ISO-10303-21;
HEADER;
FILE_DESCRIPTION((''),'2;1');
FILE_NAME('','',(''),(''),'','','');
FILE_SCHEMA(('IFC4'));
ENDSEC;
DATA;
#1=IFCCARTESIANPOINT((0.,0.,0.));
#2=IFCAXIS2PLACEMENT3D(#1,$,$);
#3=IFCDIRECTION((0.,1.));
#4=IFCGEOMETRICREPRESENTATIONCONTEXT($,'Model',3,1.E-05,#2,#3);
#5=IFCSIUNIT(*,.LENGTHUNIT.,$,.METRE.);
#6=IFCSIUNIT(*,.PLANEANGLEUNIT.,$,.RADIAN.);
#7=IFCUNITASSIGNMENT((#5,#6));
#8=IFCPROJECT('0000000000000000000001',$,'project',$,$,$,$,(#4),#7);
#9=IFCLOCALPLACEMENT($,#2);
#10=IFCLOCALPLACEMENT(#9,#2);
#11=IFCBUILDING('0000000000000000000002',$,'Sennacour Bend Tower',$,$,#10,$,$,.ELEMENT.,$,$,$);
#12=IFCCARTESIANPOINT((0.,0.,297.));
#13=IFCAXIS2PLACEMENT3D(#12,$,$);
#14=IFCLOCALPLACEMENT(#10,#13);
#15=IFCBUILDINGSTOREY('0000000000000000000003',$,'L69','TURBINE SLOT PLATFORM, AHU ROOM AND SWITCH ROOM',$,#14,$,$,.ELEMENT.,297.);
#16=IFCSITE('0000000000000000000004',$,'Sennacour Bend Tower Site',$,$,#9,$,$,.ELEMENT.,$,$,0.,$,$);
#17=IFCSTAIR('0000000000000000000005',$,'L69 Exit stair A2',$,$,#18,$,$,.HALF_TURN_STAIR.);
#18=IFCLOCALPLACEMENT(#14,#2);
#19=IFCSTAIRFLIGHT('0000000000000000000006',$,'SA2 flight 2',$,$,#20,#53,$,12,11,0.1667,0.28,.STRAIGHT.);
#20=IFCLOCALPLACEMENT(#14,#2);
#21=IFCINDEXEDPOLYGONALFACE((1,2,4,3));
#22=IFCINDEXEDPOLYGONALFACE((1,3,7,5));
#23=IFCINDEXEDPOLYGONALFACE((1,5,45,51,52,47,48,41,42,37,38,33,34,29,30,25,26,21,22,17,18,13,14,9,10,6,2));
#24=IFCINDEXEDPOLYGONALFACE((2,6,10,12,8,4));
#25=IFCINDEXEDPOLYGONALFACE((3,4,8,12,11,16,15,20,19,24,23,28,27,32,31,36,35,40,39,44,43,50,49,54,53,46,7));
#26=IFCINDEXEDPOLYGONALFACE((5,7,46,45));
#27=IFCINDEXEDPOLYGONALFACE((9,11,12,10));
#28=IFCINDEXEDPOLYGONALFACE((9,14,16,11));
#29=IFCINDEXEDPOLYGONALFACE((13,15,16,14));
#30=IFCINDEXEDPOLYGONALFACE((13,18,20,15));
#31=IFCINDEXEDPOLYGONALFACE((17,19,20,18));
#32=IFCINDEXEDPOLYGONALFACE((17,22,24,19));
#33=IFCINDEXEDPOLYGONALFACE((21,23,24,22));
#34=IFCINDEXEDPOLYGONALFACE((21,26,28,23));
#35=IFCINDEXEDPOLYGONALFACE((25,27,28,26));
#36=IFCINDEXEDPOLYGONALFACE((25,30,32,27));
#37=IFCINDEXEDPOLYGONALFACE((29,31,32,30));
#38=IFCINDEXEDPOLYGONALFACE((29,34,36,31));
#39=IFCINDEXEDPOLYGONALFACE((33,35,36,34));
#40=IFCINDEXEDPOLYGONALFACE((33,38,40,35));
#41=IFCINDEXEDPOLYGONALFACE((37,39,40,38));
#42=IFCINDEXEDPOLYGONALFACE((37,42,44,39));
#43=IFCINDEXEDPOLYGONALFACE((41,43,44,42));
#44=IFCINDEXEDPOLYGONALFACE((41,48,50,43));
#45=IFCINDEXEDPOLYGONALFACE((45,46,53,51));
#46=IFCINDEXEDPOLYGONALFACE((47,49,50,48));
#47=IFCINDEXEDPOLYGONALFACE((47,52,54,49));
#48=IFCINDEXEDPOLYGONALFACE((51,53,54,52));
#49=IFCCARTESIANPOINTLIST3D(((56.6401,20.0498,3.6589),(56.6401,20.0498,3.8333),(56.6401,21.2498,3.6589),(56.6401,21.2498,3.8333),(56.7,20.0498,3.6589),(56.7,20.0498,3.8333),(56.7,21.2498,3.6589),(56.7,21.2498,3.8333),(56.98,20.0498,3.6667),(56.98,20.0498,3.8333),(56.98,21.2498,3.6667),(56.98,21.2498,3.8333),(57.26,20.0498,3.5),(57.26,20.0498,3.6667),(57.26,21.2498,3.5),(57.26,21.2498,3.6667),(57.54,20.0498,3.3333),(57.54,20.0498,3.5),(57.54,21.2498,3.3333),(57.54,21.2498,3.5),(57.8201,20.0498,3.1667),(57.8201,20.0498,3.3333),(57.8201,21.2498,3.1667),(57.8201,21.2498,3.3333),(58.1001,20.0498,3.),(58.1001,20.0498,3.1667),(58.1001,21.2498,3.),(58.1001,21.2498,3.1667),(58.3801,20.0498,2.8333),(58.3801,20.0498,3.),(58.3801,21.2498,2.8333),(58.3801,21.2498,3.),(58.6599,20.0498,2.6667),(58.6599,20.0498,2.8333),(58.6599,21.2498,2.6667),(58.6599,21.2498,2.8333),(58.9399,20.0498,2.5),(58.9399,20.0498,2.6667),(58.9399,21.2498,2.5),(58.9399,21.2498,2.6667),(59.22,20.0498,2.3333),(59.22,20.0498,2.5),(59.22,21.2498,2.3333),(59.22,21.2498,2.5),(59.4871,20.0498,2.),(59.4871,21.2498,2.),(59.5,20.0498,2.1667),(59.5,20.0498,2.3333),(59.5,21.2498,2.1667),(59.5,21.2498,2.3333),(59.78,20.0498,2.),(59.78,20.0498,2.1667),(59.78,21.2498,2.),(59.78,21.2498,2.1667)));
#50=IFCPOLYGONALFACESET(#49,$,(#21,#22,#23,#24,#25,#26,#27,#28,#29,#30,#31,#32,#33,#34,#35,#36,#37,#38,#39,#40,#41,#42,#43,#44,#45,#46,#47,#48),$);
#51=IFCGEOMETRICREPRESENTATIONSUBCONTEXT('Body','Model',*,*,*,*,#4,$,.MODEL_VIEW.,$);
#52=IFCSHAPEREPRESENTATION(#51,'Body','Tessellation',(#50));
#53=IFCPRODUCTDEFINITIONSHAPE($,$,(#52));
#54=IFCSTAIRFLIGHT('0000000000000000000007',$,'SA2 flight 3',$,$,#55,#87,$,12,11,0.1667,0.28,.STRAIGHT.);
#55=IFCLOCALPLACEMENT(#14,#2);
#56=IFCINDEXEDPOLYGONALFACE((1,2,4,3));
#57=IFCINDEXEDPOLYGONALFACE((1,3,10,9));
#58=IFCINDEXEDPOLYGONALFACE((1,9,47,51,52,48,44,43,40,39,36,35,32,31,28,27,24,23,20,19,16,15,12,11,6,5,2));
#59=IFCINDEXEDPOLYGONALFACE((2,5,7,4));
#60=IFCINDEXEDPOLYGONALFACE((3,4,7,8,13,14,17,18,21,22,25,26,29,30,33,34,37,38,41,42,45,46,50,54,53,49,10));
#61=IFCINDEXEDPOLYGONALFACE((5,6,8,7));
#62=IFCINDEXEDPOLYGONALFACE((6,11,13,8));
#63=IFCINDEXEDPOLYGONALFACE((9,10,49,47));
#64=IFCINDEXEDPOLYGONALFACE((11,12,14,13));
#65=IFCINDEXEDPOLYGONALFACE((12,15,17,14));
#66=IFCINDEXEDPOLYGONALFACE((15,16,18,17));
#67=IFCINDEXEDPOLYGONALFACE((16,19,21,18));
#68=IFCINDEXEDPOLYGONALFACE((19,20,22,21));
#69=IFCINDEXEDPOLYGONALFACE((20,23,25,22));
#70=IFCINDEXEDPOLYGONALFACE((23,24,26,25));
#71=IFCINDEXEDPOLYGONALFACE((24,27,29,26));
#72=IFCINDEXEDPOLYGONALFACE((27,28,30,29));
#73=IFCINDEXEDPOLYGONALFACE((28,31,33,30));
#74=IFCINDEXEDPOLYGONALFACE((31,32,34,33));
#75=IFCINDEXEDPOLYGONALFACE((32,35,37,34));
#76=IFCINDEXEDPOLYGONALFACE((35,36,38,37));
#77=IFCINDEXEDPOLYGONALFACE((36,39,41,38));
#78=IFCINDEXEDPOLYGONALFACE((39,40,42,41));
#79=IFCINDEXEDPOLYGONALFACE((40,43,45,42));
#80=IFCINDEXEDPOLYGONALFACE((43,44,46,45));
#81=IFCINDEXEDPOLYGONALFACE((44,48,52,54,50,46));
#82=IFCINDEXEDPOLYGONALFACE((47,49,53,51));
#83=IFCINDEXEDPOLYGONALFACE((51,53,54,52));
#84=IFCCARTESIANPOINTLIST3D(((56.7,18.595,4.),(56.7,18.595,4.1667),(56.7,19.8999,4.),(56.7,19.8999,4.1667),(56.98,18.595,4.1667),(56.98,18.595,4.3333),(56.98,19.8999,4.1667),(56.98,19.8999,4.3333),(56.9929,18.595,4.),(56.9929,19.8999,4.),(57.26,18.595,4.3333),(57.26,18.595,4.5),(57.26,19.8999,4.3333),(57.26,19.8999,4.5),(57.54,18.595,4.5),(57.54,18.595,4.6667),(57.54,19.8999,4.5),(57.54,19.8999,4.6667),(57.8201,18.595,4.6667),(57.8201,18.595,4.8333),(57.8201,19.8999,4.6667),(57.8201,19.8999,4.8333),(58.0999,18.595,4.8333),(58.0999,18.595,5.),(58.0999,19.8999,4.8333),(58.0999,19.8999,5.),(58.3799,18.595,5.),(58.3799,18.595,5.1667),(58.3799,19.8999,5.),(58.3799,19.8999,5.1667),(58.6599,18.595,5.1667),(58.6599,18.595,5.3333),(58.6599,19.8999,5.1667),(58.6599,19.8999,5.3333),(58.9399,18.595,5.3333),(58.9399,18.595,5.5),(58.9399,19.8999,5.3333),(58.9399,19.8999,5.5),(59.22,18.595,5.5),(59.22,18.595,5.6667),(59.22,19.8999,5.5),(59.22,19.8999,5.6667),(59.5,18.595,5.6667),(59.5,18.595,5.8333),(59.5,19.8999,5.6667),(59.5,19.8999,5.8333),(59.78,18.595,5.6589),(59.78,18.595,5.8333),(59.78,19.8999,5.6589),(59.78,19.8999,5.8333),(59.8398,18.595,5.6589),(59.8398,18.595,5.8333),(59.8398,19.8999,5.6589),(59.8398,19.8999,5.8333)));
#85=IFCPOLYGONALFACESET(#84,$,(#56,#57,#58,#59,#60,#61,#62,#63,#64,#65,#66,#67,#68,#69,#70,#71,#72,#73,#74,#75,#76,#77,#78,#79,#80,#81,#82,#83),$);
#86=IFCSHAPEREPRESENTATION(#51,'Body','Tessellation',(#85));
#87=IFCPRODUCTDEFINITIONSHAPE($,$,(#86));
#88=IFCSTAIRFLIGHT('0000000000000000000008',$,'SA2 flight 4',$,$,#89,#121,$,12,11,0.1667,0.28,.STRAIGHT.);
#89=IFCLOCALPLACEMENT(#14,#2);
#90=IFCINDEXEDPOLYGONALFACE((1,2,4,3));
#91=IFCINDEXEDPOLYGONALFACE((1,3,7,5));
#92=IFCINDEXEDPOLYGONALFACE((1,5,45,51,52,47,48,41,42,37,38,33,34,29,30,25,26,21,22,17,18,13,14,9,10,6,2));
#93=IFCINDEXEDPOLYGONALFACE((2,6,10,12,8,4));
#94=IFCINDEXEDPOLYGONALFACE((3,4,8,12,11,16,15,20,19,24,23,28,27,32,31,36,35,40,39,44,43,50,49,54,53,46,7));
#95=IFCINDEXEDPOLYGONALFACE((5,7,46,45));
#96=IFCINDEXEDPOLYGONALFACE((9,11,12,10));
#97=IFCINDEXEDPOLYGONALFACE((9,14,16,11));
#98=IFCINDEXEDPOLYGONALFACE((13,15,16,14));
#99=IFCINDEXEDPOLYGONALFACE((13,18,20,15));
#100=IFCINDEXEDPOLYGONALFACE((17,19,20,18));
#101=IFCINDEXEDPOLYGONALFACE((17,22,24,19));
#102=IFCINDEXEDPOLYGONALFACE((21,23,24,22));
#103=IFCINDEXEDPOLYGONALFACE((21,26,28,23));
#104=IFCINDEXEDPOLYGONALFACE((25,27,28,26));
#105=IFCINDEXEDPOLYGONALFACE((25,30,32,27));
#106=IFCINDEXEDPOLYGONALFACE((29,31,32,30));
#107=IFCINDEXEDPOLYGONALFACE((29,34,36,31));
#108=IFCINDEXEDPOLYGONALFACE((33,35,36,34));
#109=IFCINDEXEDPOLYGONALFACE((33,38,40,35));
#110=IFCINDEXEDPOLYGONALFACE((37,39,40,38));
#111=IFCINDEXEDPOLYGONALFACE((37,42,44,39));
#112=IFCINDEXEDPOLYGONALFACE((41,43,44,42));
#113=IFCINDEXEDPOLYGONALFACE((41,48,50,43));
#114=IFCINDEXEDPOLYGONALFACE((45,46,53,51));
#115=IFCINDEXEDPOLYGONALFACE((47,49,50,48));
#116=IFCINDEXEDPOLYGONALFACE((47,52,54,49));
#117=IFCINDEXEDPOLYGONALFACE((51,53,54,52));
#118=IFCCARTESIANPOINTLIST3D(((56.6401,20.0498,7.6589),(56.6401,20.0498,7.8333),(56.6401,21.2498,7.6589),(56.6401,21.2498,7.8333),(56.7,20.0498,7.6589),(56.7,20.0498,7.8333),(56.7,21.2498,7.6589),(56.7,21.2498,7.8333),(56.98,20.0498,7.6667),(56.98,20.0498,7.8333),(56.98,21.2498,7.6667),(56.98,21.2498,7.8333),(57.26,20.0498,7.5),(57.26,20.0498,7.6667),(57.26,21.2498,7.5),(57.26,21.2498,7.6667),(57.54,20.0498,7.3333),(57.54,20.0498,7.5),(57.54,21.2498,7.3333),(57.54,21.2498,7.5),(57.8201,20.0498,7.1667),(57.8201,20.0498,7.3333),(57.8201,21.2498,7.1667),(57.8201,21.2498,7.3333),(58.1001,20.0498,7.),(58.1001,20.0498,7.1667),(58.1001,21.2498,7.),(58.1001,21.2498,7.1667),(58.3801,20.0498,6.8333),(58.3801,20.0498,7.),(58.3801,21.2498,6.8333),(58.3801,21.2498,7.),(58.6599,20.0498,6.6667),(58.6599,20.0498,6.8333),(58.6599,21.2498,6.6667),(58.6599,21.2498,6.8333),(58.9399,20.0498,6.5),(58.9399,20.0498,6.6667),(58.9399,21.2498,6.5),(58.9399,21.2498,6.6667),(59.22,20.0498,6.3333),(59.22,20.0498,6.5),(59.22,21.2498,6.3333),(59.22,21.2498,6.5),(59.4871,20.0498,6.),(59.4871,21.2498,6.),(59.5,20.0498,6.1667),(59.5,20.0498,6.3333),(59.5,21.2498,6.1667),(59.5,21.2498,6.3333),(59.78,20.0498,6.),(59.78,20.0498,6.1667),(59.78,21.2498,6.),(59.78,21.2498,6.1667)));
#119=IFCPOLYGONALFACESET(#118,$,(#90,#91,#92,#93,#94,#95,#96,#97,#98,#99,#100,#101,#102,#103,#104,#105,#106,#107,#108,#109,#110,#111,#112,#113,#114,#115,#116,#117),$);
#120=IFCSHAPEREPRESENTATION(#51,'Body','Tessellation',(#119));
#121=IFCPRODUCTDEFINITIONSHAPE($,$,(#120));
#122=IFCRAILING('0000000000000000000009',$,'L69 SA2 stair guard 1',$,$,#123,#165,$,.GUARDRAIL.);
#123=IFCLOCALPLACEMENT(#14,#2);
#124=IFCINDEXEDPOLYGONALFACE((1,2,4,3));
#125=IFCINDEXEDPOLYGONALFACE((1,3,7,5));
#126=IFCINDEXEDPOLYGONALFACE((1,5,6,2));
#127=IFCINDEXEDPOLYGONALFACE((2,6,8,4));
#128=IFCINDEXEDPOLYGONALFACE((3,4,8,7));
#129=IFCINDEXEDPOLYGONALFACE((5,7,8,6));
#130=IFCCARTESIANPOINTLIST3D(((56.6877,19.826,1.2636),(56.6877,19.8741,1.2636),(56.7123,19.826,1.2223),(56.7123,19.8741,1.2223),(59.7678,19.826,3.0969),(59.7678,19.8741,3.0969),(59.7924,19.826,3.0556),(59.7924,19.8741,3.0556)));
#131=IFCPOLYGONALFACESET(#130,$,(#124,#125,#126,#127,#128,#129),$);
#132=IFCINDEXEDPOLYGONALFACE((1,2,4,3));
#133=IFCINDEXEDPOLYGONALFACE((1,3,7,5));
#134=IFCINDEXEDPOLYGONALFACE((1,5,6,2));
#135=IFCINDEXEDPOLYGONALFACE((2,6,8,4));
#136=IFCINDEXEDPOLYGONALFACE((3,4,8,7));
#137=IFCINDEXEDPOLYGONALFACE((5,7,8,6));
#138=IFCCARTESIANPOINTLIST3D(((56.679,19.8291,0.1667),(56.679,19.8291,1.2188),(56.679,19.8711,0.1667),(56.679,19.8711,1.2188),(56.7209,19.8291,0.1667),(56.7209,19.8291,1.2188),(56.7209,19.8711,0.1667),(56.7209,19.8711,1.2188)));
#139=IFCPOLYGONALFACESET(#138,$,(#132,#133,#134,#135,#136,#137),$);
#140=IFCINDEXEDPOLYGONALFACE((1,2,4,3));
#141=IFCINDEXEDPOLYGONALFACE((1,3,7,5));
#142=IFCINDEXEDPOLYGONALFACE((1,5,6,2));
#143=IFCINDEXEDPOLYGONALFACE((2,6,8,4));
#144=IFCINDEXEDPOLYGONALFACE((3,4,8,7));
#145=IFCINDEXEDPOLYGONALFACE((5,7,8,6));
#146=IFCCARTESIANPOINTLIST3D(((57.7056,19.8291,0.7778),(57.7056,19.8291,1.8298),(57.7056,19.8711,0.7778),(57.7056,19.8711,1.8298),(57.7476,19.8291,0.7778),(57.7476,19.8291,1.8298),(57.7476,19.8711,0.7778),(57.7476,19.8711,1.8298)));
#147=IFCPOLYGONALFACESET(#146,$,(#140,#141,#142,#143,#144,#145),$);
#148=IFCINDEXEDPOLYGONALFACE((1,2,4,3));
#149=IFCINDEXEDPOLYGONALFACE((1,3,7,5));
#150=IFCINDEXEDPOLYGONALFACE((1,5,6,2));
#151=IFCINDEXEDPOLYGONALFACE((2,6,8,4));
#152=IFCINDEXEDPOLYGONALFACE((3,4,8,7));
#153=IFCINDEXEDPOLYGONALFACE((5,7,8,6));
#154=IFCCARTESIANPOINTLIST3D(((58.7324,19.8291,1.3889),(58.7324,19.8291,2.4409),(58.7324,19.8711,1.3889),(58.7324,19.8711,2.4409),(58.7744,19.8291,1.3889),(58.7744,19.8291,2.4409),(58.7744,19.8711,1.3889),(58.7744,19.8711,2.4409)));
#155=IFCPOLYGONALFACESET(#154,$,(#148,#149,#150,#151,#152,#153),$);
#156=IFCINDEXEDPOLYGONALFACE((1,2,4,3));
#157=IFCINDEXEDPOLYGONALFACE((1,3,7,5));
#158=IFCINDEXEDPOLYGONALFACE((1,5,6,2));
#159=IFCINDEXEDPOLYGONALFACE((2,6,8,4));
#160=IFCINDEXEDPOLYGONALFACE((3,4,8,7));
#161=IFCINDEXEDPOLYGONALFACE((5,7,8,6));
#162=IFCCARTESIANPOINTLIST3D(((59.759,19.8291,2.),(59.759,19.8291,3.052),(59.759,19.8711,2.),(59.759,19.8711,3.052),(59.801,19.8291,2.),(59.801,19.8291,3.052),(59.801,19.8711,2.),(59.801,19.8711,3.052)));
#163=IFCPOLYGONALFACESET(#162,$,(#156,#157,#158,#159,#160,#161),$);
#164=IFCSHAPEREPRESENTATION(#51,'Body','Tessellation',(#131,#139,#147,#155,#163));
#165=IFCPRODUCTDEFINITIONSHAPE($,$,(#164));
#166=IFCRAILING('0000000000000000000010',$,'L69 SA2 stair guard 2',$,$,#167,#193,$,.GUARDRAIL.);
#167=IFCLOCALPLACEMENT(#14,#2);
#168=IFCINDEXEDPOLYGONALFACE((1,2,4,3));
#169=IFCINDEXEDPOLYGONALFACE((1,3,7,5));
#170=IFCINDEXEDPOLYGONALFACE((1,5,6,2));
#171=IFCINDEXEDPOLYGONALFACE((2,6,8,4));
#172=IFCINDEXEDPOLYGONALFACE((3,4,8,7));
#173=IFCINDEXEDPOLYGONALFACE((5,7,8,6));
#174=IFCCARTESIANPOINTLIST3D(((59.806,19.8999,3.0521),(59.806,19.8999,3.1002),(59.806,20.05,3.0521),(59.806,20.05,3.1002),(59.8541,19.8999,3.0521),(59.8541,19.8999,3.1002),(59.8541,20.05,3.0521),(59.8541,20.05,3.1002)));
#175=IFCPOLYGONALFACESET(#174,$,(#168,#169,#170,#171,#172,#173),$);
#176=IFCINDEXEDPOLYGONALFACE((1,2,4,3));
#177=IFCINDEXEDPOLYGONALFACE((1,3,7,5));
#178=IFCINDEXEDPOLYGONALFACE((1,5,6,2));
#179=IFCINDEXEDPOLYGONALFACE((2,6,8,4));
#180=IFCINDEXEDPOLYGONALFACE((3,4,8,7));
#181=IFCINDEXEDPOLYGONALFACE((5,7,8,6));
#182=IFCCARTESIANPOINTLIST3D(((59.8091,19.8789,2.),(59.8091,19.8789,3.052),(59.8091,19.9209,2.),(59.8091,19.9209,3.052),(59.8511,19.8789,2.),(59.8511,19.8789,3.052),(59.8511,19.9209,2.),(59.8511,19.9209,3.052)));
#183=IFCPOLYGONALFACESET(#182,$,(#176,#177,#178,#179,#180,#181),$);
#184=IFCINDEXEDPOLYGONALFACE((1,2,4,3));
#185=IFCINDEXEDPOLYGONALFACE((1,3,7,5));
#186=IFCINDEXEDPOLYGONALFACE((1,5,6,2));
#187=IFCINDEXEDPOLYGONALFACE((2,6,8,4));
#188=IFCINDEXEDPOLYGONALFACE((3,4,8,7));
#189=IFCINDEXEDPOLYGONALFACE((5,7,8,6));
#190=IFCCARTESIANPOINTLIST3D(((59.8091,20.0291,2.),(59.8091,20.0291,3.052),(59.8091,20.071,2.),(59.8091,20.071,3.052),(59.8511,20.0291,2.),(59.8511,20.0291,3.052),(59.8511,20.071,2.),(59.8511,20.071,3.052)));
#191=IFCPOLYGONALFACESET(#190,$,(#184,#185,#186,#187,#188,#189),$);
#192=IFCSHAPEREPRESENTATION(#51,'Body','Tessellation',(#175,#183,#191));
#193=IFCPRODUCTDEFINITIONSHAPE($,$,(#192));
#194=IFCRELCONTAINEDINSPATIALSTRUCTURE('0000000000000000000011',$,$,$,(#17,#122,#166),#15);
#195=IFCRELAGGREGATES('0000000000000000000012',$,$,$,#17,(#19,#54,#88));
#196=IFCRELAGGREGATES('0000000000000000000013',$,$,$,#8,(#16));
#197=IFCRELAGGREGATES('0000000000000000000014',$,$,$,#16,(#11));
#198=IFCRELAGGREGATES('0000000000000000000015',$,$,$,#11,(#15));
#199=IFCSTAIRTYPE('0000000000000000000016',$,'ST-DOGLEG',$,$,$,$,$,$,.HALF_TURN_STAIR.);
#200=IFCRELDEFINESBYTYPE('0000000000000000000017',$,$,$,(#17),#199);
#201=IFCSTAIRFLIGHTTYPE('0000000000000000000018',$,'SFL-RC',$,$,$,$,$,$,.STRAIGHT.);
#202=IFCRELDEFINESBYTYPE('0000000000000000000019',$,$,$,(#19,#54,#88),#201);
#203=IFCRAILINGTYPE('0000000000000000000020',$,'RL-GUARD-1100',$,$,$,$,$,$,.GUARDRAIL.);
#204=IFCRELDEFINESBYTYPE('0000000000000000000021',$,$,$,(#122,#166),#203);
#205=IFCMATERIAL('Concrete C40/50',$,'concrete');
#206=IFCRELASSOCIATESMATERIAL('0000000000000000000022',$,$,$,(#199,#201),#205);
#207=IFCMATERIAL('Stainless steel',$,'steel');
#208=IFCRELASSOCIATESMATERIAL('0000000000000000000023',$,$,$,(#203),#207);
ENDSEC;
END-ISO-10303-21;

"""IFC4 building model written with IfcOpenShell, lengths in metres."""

from ifc_helpers import new_model, si_unit, direction, frame, origin, origin_2d, place, context, subcontext, project, spatial, polyline, rectangle, outline, extrude, material, type_object, element, aggregate, save


model = new_model("IFC4")

# Units and contexts
model_context = context("Model", 3, precision=1e-05, world=origin(), true_north=direction((0.0, 1.0)))
body_context = subcontext(model_context, "Body", "Model", "MODEL_VIEW")
ifc_project = project(units=[si_unit("LENGTHUNIT", "METRE"), si_unit("PLANEANGLEUNIT", "RADIAN")], contexts=[model_context])

# Site, building, storey
site_placement = place(None, origin())
site = spatial("IfcSite", under=ifc_project, at=site_placement, Name="Sennacour Bend Tower Site", CompositionType="ELEMENT", RefElevation=0.0)
building_placement = place(site_placement, origin())
building = spatial("IfcBuilding", under=site, at=building_placement, Name="Sennacour Bend Tower", CompositionType="ELEMENT")
storey_placement = place(building_placement, frame((0.0, 0.0, 297.0)))
storey = spatial("IfcBuildingStorey", under=building, at=storey_placement, Name="L69", Description="TURBINE SLOT PLATFORM, AHU ROOM AND SWITCH ROOM", CompositionType="ELEMENT", Elevation=297.0)

# Stair, stair flights
ifc_material_1 = material(Name="Concrete C40/50", Category="concrete")
stair_type = type_object("IfcStairType", Name="ST-DOGLEG", PredefinedType="HALF_TURN_STAIR", material=ifc_material_1)
stair_placement = place(storey_placement, origin())
stair = element("IfcStair", 1, at=stair_placement, inside=storey, type_object=stair_type, Name="L69 Exit stair A2", PredefinedType="HALF_TURN_STAIR")
stair_flight_type = type_object("IfcStairFlightType", Name="SFL-RC", PredefinedType="STRAIGHT", material=ifc_material_1)
stair_flight_1_placement = place(storey_placement, frame((59.78, 20.6499, 2.0), z_axis=(0.0, 0.0, 1.0), x_axis=(-1.0, 0.0, 0.0)))
stair_flight_1 = element("IfcStairFlight", 2, at=stair_flight_1_placement, type_object=stair_flight_type, Name="SA2 flight 2", NumberOfRisers=12, NumberOfTreads=11, PredefinedType="STRAIGHT", RiserHeight=0.1667, TreadLength=0.28, context=body_context, shape_type="SweptSolid", body=[
    extrude(outline(polyline([(0.0, 0.0), (0.0, 0.1667), (0.28, 0.1667), (0.28, 0.3333), (0.5601, 0.3333), (0.5601, 0.5), (0.8401, 0.5), (0.8401, 0.6667), (1.1201, 0.6667), (1.1201, 0.8333), (1.3999, 0.8333), (1.3999, 1.0), (1.6799, 1.0), (1.6799, 1.1667), (1.96, 1.1667), (1.96, 1.3333), (2.24, 1.3333), (2.24, 1.5), (2.52, 1.5), (2.52, 1.6667), (2.8, 1.6667), (2.8, 1.8333), (3.0801, 1.8333), (3.1399, 1.8333), (3.1399, 1.6589), (3.0801, 1.6589), (0.293, 0.0), (0.0, 0.0)])), frame((0.0, 0.6001, 0.0), z_axis=(0.0, -1.0, 0.0), x_axis=(1.0, 0.0, 0.0)), (0.0, 0.0, 1.0), 1.2),
])
stair_flight_2_placement = place(storey_placement, frame((56.7, 19.2476, 4.0), z_axis=(0.0, 0.0, 1.0), x_axis=(1.0, 0.0, 0.0)))
stair_flight_2 = element("IfcStairFlight", 3, at=stair_flight_2_placement, type_object=stair_flight_type, Name="SA2 flight 3", NumberOfRisers=12, NumberOfTreads=11, PredefinedType="STRAIGHT", RiserHeight=0.1667, TreadLength=0.28, context=body_context, shape_type="SweptSolid", body=[
    extrude(outline(polyline([(0.0, 0.0), (0.0, 0.1667), (0.28, 0.1667), (0.28, 0.3333), (0.5601, 0.3333), (0.5601, 0.5), (0.8401, 0.5), (0.8401, 0.6667), (1.1201, 0.6667), (1.1201, 0.8333), (1.3999, 0.8333), (1.3999, 1.0), (1.6799, 1.0), (1.6799, 1.1667), (1.96, 1.1667), (1.96, 1.3333), (2.24, 1.3333), (2.24, 1.5), (2.52, 1.5), (2.52, 1.6667), (2.8, 1.6667), (2.8, 1.8333), (3.0801, 1.8333), (3.1399, 1.8333), (3.1399, 1.6589), (3.0801, 1.6589), (0.293, 0.0), (0.0, 0.0)])), frame((0.0, 0.6523, 0.0), z_axis=(0.0, -1.0, 0.0), x_axis=(1.0, 0.0, 0.0)), (0.0, 0.0, 1.0), 1.3049),
])
stair_flight_3_placement = place(storey_placement, frame((59.78, 20.6499, 6.0), z_axis=(0.0, 0.0, 1.0), x_axis=(-1.0, 0.0, 0.0)))
stair_flight_3 = element("IfcStairFlight", 4, at=stair_flight_3_placement, type_object=stair_flight_type, Name="SA2 flight 4", NumberOfRisers=12, NumberOfTreads=11, PredefinedType="STRAIGHT", RiserHeight=0.1667, TreadLength=0.28, context=body_context, shape_type="SweptSolid", body=[
    extrude(outline(polyline([(0.0, 0.0), (0.0, 0.1667), (0.28, 0.1667), (0.28, 0.3333), (0.5601, 0.3333), (0.5601, 0.5), (0.8401, 0.5), (0.8401, 0.6667), (1.1201, 0.6667), (1.1201, 0.8333), (1.3999, 0.8333), (1.3999, 1.0), (1.6799, 1.0), (1.6799, 1.1667), (1.96, 1.1667), (1.96, 1.3333), (2.24, 1.3333), (2.24, 1.5), (2.52, 1.5), (2.52, 1.6667), (2.8, 1.6667), (2.8, 1.8333), (3.0801, 1.8333), (3.1399, 1.8333), (3.1399, 1.6589), (3.0801, 1.6589), (0.293, 0.0), (0.0, 0.0)])), frame((0.0, 0.6001, 0.0), z_axis=(0.0, -1.0, 0.0), x_axis=(1.0, 0.0, 0.0)), (0.0, 0.0, 1.0), 1.2),
])
aggregate(stair, [stair_flight_1, stair_flight_2, stair_flight_3])

# Railings
ifc_material_2 = material(Name="Stainless steel", Category="steel")
railing_type_1 = type_object("IfcRailingType", Name="RL-GUARD-1100", PredefinedType="GUARDRAIL", material=ifc_material_2)
railing_1_placement = place(storey_placement, frame((56.7, 19.8501, 0.1667)))
element("IfcRailing", 5, at=railing_1_placement, inside=storey, type_object=railing_type_1, Name="L69 SA2 stair guard 1", PredefinedType="GUARDRAIL", context=body_context, shape_type="SweptSolid", body=[
    extrude(rectangle(XDim=0.0481, YDim=0.0481, at=origin_2d()), frame((0.0, 0.0, 1.0762), z_axis=(0.859309, 0.0, 0.511458), x_axis=(0.0, 1.0, 0.0)), (0.0, 0.0, 1.0), 3.5845),
    extrude(rectangle(XDim=0.042, YDim=0.042, at=origin_2d()), origin(), (0.0, 0.0, 1.0), 1.052),
    extrude(rectangle(XDim=0.042, YDim=0.042, at=origin_2d()), frame((1.0266, 0.0, 0.6111)), (0.0, 0.0, 1.0), 1.052),
    extrude(rectangle(XDim=0.042, YDim=0.042, at=origin_2d()), frame((2.0535, 0.0, 1.2222)), (0.0, 0.0, 1.0), 1.052),
    extrude(rectangle(XDim=0.042, YDim=0.042, at=origin_2d()), frame((3.0801, 0.0, 1.8333)), (0.0, 0.0, 1.0), 1.052),
])
railing_2_placement = place(storey_placement, frame((59.8301, 19.8999, 2.0)))
element("IfcRailing", 6, at=railing_2_placement, inside=storey, type_object=railing_type_1, Name="L69 SA2 stair guard 2", PredefinedType="GUARDRAIL", context=body_context, shape_type="SweptSolid", body=[
    extrude(rectangle(XDim=0.0481, YDim=0.0481, at=origin_2d()), frame((0.0, 0.0, 1.0762), z_axis=(0.0, 1.0, 0.0), x_axis=(-1.0, 0.0, 0.0)), (0.0, 0.0, 1.0), 0.1501),
    extrude(rectangle(XDim=0.042, YDim=0.042, at=origin_2d()), origin(), (0.0, 0.0, 1.0), 1.052),
    extrude(rectangle(XDim=0.042, YDim=0.042, at=origin_2d()), frame((0.0, 0.1501, 0.0)), (0.0, 0.0, 1.0), 1.052),
])

save(model, "model.ifc")
